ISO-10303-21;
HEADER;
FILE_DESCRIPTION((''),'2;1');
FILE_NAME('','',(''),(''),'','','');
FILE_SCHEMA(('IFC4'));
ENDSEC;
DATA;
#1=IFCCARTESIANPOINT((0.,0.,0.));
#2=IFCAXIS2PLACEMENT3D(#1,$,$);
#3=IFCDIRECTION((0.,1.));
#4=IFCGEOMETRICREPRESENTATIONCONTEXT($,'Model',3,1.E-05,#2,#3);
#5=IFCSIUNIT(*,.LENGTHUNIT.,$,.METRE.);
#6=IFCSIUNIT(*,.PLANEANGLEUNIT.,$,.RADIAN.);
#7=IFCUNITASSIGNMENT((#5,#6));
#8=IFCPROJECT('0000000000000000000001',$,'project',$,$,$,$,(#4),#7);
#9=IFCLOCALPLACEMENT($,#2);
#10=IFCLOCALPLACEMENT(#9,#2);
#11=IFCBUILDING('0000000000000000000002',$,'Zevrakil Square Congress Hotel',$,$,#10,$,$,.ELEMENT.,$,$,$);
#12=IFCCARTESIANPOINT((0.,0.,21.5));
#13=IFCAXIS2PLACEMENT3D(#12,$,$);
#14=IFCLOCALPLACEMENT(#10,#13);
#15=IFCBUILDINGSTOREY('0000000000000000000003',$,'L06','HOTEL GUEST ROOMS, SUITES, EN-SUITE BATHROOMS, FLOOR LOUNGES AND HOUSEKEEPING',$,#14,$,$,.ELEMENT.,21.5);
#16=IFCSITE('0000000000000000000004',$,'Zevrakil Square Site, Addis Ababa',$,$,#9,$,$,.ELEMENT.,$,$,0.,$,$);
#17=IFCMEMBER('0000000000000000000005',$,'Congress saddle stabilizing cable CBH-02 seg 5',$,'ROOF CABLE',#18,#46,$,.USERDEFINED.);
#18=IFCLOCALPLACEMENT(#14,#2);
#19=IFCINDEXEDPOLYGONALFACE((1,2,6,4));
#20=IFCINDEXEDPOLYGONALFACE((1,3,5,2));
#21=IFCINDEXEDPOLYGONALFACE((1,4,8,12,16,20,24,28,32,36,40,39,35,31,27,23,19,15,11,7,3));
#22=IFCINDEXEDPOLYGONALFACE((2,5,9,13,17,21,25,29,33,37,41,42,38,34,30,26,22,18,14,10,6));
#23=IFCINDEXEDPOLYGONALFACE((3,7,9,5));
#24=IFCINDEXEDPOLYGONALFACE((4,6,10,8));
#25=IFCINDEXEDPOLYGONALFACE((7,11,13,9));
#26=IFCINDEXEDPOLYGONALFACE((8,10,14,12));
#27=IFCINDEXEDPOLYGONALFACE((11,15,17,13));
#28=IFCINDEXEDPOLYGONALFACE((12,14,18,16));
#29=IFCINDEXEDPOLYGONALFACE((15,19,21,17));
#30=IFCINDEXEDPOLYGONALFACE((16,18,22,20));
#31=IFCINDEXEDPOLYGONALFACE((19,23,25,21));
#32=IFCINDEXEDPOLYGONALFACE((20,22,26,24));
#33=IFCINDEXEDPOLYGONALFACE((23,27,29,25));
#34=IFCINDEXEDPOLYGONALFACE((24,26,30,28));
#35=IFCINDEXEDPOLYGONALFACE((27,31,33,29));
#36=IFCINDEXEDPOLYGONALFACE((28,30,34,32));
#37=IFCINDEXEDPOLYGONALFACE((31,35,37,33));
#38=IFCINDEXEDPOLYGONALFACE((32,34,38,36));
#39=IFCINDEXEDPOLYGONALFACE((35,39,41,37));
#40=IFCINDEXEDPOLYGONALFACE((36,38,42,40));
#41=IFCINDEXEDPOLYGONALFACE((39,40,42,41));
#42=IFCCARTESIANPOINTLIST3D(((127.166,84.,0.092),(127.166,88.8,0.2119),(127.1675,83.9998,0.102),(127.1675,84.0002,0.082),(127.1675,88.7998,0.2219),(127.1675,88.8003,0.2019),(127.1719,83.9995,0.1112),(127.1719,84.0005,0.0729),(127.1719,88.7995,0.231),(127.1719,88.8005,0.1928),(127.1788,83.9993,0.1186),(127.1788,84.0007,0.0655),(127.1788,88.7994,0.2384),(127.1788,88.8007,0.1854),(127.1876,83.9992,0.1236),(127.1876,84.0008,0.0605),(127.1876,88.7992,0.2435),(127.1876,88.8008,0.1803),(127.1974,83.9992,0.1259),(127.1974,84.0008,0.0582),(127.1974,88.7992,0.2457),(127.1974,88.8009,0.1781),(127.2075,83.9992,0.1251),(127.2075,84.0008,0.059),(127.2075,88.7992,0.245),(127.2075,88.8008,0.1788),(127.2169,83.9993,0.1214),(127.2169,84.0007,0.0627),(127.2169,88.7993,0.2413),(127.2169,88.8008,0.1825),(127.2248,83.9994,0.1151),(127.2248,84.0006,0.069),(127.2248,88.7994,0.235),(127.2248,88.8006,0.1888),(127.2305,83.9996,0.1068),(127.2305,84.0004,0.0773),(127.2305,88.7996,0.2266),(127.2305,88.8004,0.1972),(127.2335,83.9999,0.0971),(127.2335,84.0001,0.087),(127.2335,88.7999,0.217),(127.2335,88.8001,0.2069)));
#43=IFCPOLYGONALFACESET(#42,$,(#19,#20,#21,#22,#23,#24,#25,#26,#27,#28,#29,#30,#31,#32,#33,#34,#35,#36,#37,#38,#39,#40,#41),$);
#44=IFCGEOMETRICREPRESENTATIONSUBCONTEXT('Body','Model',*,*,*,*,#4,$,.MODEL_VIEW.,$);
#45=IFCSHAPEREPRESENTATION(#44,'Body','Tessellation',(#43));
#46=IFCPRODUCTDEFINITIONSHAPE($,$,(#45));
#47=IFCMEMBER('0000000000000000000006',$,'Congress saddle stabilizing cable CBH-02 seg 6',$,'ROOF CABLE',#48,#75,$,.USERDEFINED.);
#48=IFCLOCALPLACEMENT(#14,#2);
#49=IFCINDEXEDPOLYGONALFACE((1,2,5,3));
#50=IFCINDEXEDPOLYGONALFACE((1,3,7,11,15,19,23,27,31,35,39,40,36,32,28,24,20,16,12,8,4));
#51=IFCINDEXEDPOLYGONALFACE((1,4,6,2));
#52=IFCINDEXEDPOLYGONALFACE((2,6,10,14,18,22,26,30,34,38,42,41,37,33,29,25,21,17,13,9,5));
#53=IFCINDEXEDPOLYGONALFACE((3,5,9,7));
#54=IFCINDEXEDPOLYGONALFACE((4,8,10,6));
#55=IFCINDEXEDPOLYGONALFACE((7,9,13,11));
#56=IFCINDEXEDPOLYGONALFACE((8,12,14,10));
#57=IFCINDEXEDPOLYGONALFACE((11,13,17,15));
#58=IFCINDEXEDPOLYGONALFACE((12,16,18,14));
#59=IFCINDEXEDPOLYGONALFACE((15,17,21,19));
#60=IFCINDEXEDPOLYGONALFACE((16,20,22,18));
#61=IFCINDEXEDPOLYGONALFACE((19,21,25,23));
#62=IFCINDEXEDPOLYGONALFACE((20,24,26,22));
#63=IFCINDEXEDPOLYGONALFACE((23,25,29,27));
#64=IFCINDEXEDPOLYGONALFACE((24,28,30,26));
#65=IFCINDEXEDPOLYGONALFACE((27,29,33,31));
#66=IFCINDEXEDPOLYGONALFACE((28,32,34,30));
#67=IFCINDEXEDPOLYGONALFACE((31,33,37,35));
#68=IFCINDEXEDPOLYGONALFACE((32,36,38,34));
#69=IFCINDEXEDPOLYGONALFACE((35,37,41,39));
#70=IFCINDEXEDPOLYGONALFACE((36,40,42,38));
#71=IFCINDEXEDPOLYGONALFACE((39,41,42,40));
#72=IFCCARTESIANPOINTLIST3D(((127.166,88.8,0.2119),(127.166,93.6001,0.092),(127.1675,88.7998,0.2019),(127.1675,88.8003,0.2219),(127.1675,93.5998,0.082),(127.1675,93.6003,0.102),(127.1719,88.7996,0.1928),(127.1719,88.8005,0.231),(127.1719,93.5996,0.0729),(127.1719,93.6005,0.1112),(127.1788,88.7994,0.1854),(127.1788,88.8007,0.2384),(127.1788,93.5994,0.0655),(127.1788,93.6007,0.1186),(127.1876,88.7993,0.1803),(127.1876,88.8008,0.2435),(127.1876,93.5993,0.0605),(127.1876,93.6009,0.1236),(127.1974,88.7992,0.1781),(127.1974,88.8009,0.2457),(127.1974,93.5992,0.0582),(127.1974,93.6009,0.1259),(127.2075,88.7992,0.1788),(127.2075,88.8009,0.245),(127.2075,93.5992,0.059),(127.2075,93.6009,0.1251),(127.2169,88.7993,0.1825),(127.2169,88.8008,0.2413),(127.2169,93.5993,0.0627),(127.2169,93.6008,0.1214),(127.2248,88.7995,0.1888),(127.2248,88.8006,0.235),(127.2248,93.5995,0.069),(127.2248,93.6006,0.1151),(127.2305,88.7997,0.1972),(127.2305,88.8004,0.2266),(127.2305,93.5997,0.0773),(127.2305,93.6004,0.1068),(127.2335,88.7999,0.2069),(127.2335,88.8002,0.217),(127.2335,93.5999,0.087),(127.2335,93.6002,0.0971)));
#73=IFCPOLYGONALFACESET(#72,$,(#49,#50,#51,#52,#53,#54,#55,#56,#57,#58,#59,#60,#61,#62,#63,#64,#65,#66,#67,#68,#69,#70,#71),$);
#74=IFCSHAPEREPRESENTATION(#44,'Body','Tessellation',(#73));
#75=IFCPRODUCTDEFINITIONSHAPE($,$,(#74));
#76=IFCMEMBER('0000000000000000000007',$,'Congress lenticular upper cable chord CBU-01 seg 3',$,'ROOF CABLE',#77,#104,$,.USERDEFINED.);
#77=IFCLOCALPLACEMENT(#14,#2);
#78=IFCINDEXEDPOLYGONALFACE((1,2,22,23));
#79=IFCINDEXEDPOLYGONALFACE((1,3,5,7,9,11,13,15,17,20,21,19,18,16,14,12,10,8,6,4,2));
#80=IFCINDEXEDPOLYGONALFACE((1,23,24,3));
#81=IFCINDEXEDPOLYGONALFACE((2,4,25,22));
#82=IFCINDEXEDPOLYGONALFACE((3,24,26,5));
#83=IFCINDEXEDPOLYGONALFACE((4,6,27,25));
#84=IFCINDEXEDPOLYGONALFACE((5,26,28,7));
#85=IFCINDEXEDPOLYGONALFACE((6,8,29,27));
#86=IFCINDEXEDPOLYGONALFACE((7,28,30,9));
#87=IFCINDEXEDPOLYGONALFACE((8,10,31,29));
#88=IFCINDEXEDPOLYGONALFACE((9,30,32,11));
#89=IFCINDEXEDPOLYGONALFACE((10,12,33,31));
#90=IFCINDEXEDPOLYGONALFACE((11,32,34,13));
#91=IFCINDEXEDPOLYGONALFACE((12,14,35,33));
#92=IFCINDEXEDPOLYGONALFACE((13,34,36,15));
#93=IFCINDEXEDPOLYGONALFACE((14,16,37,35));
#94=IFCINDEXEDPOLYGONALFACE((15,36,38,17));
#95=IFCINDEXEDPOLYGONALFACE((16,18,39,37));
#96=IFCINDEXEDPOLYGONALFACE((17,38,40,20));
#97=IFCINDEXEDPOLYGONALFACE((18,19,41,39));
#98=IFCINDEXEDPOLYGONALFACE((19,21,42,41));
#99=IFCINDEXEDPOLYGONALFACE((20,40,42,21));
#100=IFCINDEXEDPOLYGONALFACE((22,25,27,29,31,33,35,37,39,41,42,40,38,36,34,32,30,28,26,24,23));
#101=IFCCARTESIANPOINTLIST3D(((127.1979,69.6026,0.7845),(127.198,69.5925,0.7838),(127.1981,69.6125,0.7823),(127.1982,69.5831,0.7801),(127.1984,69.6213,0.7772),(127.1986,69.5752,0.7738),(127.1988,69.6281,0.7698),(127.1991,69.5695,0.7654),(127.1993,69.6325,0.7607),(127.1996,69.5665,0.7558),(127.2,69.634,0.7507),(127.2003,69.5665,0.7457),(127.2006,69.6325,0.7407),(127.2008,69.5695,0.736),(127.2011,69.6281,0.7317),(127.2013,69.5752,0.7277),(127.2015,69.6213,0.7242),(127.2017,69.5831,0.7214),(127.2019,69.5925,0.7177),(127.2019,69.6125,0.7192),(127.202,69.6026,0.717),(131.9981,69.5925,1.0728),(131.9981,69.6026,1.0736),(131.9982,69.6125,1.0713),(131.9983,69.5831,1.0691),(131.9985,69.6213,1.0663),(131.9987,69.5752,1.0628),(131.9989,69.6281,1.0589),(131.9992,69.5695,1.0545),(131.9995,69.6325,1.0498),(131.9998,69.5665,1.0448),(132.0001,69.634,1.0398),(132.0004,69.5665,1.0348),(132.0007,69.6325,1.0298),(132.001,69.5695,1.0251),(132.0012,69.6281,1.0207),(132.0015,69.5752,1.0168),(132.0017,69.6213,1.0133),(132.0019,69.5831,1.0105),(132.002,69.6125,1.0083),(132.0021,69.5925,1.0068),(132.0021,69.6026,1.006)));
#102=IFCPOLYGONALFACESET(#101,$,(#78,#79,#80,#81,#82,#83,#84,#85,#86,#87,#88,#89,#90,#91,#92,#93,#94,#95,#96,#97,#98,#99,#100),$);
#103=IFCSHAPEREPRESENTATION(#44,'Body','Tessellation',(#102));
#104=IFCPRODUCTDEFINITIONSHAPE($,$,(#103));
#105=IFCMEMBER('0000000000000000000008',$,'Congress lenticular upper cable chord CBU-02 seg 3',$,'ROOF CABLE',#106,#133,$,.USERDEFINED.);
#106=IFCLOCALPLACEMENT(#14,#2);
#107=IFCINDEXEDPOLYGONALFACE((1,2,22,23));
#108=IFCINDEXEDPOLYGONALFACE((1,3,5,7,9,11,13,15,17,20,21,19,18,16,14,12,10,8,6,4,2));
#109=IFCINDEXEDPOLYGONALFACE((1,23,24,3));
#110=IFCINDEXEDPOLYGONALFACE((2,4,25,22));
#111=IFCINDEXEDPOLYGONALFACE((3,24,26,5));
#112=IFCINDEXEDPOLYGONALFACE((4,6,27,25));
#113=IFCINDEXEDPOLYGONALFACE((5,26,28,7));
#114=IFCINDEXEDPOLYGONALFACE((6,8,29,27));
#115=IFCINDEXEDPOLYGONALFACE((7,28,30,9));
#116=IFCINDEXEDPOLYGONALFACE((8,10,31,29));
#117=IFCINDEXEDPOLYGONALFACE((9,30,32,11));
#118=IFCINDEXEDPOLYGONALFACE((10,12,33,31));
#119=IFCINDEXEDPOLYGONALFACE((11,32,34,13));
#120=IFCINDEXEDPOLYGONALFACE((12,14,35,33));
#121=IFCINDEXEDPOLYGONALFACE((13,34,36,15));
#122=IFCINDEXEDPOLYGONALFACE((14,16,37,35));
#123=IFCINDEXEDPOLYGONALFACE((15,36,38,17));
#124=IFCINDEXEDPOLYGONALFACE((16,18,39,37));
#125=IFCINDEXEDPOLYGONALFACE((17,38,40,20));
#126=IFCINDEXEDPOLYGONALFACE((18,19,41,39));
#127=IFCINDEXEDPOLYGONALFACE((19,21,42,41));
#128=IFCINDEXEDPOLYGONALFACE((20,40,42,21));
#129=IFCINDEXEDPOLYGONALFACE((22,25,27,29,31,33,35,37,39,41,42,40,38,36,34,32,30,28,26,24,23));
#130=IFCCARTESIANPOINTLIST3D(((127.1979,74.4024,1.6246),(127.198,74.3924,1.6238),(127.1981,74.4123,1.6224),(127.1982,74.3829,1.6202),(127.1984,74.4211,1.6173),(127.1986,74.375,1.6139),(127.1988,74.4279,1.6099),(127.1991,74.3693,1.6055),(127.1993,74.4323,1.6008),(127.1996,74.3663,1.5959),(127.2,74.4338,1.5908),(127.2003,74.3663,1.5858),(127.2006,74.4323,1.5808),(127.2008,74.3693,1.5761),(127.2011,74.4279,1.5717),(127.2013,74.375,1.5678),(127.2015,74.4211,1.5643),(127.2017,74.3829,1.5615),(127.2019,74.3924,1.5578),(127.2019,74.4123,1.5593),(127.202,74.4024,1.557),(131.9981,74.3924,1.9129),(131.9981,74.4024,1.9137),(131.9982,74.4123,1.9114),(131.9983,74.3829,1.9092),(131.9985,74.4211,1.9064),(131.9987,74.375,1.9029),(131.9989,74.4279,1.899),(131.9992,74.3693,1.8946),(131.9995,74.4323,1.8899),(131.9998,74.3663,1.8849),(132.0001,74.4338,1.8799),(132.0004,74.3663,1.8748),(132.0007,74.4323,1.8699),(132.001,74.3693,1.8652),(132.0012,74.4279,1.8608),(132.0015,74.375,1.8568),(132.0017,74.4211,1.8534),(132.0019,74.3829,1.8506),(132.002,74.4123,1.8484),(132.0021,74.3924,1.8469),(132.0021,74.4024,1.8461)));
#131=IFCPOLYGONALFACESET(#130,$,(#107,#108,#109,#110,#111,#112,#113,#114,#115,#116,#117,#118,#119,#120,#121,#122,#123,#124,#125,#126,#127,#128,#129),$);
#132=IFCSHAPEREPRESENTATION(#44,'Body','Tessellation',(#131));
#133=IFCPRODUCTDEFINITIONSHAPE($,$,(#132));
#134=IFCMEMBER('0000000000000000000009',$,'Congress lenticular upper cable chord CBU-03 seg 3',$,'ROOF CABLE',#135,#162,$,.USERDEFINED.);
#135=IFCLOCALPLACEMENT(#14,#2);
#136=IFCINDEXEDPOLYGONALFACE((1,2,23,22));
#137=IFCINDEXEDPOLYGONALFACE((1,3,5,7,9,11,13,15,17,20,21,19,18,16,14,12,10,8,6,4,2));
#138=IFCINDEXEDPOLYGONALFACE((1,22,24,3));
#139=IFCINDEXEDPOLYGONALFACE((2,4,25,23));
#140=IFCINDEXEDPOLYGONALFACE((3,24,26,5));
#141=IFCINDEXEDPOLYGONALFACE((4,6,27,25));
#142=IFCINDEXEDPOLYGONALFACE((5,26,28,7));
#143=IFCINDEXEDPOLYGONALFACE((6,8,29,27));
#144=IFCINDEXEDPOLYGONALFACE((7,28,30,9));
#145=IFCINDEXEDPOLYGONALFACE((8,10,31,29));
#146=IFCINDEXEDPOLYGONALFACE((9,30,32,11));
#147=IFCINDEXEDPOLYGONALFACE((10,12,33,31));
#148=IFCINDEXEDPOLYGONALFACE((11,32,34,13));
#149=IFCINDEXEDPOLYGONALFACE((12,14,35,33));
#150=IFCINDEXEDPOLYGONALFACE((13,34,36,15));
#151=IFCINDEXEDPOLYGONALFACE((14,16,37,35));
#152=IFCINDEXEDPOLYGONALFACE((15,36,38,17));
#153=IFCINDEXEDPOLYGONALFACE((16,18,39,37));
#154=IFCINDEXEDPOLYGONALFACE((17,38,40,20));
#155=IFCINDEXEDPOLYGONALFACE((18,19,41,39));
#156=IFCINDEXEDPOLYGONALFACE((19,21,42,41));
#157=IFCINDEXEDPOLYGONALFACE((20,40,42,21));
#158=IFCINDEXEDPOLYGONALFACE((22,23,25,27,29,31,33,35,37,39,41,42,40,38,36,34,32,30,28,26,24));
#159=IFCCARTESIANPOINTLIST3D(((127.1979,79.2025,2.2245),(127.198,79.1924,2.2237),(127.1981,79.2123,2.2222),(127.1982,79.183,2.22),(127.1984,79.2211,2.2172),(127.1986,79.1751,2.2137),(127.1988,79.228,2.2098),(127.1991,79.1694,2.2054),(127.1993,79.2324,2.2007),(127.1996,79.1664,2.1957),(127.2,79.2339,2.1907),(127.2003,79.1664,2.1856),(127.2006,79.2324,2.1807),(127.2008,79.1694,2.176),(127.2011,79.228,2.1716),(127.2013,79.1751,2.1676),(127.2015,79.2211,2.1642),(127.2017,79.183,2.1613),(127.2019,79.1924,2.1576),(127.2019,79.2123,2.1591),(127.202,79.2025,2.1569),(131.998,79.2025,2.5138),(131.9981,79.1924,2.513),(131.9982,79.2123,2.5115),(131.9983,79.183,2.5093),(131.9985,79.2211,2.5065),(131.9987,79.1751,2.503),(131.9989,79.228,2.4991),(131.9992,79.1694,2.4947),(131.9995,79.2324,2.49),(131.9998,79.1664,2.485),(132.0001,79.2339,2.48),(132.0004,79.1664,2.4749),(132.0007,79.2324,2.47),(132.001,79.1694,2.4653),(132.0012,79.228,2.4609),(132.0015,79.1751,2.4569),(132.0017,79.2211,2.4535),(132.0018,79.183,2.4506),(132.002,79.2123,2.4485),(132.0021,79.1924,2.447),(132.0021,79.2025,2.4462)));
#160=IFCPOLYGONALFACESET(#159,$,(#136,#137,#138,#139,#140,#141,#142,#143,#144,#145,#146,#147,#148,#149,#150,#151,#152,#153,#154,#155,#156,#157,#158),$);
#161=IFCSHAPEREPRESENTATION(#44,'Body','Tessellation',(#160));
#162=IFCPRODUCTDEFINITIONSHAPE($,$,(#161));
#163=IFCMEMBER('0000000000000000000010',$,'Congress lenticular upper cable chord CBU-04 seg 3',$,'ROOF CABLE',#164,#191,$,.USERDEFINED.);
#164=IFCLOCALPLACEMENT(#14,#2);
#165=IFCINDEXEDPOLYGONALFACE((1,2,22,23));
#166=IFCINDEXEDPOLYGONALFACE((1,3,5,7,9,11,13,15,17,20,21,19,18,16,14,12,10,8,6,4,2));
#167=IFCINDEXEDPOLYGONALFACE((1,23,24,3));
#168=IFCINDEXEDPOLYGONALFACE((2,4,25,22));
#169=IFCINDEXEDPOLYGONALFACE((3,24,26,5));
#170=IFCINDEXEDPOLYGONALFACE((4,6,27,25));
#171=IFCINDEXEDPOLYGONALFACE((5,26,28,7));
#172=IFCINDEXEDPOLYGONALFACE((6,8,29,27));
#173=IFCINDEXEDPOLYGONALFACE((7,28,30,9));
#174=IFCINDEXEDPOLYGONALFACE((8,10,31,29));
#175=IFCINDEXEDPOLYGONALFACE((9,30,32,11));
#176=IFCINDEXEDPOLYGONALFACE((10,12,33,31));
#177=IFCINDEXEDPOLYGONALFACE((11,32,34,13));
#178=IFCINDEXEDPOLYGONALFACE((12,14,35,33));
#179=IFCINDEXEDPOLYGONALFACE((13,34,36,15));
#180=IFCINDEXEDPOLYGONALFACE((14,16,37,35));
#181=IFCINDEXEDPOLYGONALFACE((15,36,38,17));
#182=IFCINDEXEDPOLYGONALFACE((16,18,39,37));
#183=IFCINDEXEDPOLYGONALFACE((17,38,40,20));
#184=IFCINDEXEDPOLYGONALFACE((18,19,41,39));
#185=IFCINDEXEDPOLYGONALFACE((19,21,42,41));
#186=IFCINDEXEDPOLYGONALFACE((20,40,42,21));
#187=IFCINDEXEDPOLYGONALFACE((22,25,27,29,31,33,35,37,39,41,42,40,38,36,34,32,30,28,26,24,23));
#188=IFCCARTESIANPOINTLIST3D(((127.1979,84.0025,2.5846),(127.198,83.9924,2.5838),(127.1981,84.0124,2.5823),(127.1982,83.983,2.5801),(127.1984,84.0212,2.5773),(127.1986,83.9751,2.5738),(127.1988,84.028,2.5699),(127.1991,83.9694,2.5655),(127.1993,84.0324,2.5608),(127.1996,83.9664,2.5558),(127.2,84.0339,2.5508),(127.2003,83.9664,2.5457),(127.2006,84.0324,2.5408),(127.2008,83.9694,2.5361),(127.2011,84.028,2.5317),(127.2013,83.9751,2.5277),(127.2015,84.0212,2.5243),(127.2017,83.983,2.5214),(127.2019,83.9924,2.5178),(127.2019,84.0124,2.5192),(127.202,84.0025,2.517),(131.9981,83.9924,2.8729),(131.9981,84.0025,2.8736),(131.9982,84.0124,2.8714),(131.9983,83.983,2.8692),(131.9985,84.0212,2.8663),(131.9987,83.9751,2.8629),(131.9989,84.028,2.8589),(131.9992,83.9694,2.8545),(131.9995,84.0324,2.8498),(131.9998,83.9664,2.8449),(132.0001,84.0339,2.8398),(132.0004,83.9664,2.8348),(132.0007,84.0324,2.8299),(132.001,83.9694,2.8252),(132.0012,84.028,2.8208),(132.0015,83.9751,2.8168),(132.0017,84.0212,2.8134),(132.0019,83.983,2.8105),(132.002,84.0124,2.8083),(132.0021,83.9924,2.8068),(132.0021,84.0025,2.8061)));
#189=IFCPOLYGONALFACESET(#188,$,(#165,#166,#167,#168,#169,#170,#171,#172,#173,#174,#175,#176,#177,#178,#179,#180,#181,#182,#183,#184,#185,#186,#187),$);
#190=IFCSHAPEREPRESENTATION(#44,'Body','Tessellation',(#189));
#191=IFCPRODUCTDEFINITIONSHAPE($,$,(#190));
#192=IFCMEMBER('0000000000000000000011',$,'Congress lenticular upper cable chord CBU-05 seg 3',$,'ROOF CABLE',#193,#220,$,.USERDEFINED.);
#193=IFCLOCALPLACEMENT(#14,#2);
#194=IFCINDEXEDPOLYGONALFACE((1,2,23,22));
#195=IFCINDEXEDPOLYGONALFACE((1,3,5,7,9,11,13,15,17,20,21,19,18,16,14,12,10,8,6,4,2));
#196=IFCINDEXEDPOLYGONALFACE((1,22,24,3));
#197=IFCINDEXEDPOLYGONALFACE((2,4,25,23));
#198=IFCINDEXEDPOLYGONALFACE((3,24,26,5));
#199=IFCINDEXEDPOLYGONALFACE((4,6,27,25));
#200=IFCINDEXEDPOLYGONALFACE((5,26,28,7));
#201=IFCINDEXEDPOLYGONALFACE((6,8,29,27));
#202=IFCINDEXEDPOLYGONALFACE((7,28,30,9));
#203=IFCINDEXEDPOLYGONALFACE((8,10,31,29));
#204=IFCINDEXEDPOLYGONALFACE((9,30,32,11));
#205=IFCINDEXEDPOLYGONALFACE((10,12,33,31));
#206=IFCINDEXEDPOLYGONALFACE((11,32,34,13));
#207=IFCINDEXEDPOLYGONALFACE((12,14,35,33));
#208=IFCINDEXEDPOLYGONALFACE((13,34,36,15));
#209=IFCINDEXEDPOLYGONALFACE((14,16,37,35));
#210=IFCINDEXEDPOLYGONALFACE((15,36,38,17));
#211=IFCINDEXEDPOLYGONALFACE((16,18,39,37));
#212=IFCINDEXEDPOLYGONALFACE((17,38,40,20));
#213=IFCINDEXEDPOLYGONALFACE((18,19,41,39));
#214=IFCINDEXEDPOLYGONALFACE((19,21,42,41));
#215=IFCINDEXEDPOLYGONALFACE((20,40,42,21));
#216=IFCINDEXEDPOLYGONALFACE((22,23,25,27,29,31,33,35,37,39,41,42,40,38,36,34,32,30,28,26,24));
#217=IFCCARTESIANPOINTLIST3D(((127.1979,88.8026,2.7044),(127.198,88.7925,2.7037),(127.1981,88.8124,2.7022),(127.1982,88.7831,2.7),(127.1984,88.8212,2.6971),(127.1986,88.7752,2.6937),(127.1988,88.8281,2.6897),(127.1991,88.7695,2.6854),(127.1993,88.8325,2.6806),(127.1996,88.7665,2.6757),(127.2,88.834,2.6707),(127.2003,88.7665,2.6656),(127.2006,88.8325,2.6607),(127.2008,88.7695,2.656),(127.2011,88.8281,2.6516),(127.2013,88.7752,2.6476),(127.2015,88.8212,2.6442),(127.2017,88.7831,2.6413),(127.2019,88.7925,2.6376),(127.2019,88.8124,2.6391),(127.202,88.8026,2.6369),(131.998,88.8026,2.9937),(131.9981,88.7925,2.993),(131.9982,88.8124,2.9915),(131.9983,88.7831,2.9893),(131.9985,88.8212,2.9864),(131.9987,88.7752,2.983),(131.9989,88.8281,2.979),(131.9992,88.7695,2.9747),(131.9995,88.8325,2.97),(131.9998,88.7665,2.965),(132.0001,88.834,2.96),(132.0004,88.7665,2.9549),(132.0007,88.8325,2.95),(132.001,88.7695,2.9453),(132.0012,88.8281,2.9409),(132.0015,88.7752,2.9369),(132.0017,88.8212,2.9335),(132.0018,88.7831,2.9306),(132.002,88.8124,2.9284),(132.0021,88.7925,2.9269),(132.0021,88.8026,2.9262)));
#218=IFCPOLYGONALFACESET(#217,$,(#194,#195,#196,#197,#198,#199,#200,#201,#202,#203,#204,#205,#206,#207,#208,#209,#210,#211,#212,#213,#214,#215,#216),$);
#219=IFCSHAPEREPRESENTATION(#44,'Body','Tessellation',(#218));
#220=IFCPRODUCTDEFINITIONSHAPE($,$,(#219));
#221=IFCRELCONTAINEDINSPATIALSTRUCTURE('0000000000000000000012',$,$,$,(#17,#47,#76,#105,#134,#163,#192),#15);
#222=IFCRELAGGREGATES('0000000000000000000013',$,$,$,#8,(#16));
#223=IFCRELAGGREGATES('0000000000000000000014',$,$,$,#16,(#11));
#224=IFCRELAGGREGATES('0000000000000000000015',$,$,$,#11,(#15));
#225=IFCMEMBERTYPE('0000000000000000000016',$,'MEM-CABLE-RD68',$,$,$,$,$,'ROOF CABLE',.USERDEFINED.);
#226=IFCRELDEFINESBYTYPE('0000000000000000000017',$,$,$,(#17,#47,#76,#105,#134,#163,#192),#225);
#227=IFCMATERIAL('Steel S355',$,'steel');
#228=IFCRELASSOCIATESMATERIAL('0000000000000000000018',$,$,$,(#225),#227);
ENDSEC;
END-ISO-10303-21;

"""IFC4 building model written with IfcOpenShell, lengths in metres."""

from ifc_helpers import new_model, si_unit, direction, frame, origin, origin_2d, place, context, subcontext, project, spatial, circle, extrude, material, material_profile, profile_set, type_object, element, save


model = new_model("IFC4")

# Units and contexts
model_context = context("Model", 3, precision=1e-05, world=origin(), true_north=direction((0.0, 1.0)))
body_context = subcontext(model_context, "Body", "Model", "MODEL_VIEW")
ifc_project = project(units=[si_unit("LENGTHUNIT", "METRE"), si_unit("PLANEANGLEUNIT", "RADIAN")], contexts=[model_context])

# Site, building, storey
site_placement = place(None, origin())
site = spatial("IfcSite", under=ifc_project, at=site_placement, Name="Zevrakil Square Site, Addis Ababa", CompositionType="ELEMENT", RefElevation=0.0)
building_placement = place(site_placement, origin())
building = spatial("IfcBuilding", under=site, at=building_placement, Name="Zevrakil Square Congress Hotel", CompositionType="ELEMENT")
storey_placement = place(building_placement, frame((0.0, 0.0, 21.5)))
storey = spatial("IfcBuildingStorey", under=building, at=storey_placement, Name="L06", Description="HOTEL GUEST ROOMS, SUITES, EN-SUITE BATHROOMS, FLOOR LOUNGES AND HOUSEKEEPING", CompositionType="ELEMENT", Elevation=21.5)

# Members
ifc_material_1 = material(Name="Steel S355", Category="steel")
ifc_material_profile_1 = material_profile(ifc_material_1, circle(Radius=0.0339, at=origin_2d()), Name="CABLE RD68")
ifc_profile_set_1 = profile_set([ifc_material_profile_1], Name="Steel S355")
member_type_1 = type_object("IfcMemberType", Name="MEM-CABLE-RD68", ElementType="ROOF CABLE", PredefinedType="USERDEFINED", material=ifc_profile_set_1)
for number, where, z_axis, x_axis, name in (
    (1, (127.2, 84.0, 0.092), (0.0, 0.999688, 0.024966), (-1.0, 0.0, 0.0), "Congress saddle stabilizing cable CBH-02 seg 5"),
    (2, (127.2, 88.8, 0.2119), (0.0, 0.999688, -0.024966), (-1.0, 0.0, 0.0), "Congress saddle stabilizing cable CBH-02 seg 6"),
):
    element("IfcMember", number, at=place(storey_placement, frame(where, z_axis=z_axis, x_axis=x_axis)), inside=storey, type_object=member_type_1, Name=name, ObjectType="ROOF CABLE", PredefinedType="USERDEFINED", context=body_context, shape_type="SweptSolid", body=[
        extrude(circle(Radius=0.0339, at=origin_2d()), origin(), (0.0, 0.0, 1.0), 4.8015),
    ])
for number, where, z_axis, x_axis, name in (
    (3, (127.2, 69.6001, 0.7507), (0.998192, 0.0, 0.060112), (0.0, 1.0, 0.0), "Congress lenticular upper cable chord CBU-01 seg 3"),
    (4, (127.2, 74.3999, 1.5908), (0.998192, 0.0, 0.060112), (0.0, 1.0, 0.0), "Congress lenticular upper cable chord CBU-02 seg 3"),
    (5, (127.2, 79.2, 2.1907), (0.998189, 0.0, 0.060162), (0.0, 1.0, 0.0), "Congress lenticular upper cable chord CBU-03 seg 3"),
    (6, (127.2, 84.0, 2.5508), (0.998192, 0.0, 0.060112), (0.0, 1.0, 0.0), "Congress lenticular upper cable chord CBU-04 seg 3"),
    (7, (127.2, 88.8, 2.6707), (0.998189, 0.0, 0.060162), (0.0, 1.0, 0.0), "Congress lenticular upper cable chord CBU-05 seg 3"),
):
    element("IfcMember", number, at=place(storey_placement, frame(where, z_axis=z_axis, x_axis=x_axis)), inside=storey, type_object=member_type_1, Name=name, ObjectType="ROOF CABLE", PredefinedType="USERDEFINED", context=body_context, shape_type="SweptSolid", body=[
        extrude(circle(Radius=0.0339, at=origin_2d()), origin(), (0.0, 0.0, 1.0), 4.8088),
    ])

save(model, "model.ifc")
